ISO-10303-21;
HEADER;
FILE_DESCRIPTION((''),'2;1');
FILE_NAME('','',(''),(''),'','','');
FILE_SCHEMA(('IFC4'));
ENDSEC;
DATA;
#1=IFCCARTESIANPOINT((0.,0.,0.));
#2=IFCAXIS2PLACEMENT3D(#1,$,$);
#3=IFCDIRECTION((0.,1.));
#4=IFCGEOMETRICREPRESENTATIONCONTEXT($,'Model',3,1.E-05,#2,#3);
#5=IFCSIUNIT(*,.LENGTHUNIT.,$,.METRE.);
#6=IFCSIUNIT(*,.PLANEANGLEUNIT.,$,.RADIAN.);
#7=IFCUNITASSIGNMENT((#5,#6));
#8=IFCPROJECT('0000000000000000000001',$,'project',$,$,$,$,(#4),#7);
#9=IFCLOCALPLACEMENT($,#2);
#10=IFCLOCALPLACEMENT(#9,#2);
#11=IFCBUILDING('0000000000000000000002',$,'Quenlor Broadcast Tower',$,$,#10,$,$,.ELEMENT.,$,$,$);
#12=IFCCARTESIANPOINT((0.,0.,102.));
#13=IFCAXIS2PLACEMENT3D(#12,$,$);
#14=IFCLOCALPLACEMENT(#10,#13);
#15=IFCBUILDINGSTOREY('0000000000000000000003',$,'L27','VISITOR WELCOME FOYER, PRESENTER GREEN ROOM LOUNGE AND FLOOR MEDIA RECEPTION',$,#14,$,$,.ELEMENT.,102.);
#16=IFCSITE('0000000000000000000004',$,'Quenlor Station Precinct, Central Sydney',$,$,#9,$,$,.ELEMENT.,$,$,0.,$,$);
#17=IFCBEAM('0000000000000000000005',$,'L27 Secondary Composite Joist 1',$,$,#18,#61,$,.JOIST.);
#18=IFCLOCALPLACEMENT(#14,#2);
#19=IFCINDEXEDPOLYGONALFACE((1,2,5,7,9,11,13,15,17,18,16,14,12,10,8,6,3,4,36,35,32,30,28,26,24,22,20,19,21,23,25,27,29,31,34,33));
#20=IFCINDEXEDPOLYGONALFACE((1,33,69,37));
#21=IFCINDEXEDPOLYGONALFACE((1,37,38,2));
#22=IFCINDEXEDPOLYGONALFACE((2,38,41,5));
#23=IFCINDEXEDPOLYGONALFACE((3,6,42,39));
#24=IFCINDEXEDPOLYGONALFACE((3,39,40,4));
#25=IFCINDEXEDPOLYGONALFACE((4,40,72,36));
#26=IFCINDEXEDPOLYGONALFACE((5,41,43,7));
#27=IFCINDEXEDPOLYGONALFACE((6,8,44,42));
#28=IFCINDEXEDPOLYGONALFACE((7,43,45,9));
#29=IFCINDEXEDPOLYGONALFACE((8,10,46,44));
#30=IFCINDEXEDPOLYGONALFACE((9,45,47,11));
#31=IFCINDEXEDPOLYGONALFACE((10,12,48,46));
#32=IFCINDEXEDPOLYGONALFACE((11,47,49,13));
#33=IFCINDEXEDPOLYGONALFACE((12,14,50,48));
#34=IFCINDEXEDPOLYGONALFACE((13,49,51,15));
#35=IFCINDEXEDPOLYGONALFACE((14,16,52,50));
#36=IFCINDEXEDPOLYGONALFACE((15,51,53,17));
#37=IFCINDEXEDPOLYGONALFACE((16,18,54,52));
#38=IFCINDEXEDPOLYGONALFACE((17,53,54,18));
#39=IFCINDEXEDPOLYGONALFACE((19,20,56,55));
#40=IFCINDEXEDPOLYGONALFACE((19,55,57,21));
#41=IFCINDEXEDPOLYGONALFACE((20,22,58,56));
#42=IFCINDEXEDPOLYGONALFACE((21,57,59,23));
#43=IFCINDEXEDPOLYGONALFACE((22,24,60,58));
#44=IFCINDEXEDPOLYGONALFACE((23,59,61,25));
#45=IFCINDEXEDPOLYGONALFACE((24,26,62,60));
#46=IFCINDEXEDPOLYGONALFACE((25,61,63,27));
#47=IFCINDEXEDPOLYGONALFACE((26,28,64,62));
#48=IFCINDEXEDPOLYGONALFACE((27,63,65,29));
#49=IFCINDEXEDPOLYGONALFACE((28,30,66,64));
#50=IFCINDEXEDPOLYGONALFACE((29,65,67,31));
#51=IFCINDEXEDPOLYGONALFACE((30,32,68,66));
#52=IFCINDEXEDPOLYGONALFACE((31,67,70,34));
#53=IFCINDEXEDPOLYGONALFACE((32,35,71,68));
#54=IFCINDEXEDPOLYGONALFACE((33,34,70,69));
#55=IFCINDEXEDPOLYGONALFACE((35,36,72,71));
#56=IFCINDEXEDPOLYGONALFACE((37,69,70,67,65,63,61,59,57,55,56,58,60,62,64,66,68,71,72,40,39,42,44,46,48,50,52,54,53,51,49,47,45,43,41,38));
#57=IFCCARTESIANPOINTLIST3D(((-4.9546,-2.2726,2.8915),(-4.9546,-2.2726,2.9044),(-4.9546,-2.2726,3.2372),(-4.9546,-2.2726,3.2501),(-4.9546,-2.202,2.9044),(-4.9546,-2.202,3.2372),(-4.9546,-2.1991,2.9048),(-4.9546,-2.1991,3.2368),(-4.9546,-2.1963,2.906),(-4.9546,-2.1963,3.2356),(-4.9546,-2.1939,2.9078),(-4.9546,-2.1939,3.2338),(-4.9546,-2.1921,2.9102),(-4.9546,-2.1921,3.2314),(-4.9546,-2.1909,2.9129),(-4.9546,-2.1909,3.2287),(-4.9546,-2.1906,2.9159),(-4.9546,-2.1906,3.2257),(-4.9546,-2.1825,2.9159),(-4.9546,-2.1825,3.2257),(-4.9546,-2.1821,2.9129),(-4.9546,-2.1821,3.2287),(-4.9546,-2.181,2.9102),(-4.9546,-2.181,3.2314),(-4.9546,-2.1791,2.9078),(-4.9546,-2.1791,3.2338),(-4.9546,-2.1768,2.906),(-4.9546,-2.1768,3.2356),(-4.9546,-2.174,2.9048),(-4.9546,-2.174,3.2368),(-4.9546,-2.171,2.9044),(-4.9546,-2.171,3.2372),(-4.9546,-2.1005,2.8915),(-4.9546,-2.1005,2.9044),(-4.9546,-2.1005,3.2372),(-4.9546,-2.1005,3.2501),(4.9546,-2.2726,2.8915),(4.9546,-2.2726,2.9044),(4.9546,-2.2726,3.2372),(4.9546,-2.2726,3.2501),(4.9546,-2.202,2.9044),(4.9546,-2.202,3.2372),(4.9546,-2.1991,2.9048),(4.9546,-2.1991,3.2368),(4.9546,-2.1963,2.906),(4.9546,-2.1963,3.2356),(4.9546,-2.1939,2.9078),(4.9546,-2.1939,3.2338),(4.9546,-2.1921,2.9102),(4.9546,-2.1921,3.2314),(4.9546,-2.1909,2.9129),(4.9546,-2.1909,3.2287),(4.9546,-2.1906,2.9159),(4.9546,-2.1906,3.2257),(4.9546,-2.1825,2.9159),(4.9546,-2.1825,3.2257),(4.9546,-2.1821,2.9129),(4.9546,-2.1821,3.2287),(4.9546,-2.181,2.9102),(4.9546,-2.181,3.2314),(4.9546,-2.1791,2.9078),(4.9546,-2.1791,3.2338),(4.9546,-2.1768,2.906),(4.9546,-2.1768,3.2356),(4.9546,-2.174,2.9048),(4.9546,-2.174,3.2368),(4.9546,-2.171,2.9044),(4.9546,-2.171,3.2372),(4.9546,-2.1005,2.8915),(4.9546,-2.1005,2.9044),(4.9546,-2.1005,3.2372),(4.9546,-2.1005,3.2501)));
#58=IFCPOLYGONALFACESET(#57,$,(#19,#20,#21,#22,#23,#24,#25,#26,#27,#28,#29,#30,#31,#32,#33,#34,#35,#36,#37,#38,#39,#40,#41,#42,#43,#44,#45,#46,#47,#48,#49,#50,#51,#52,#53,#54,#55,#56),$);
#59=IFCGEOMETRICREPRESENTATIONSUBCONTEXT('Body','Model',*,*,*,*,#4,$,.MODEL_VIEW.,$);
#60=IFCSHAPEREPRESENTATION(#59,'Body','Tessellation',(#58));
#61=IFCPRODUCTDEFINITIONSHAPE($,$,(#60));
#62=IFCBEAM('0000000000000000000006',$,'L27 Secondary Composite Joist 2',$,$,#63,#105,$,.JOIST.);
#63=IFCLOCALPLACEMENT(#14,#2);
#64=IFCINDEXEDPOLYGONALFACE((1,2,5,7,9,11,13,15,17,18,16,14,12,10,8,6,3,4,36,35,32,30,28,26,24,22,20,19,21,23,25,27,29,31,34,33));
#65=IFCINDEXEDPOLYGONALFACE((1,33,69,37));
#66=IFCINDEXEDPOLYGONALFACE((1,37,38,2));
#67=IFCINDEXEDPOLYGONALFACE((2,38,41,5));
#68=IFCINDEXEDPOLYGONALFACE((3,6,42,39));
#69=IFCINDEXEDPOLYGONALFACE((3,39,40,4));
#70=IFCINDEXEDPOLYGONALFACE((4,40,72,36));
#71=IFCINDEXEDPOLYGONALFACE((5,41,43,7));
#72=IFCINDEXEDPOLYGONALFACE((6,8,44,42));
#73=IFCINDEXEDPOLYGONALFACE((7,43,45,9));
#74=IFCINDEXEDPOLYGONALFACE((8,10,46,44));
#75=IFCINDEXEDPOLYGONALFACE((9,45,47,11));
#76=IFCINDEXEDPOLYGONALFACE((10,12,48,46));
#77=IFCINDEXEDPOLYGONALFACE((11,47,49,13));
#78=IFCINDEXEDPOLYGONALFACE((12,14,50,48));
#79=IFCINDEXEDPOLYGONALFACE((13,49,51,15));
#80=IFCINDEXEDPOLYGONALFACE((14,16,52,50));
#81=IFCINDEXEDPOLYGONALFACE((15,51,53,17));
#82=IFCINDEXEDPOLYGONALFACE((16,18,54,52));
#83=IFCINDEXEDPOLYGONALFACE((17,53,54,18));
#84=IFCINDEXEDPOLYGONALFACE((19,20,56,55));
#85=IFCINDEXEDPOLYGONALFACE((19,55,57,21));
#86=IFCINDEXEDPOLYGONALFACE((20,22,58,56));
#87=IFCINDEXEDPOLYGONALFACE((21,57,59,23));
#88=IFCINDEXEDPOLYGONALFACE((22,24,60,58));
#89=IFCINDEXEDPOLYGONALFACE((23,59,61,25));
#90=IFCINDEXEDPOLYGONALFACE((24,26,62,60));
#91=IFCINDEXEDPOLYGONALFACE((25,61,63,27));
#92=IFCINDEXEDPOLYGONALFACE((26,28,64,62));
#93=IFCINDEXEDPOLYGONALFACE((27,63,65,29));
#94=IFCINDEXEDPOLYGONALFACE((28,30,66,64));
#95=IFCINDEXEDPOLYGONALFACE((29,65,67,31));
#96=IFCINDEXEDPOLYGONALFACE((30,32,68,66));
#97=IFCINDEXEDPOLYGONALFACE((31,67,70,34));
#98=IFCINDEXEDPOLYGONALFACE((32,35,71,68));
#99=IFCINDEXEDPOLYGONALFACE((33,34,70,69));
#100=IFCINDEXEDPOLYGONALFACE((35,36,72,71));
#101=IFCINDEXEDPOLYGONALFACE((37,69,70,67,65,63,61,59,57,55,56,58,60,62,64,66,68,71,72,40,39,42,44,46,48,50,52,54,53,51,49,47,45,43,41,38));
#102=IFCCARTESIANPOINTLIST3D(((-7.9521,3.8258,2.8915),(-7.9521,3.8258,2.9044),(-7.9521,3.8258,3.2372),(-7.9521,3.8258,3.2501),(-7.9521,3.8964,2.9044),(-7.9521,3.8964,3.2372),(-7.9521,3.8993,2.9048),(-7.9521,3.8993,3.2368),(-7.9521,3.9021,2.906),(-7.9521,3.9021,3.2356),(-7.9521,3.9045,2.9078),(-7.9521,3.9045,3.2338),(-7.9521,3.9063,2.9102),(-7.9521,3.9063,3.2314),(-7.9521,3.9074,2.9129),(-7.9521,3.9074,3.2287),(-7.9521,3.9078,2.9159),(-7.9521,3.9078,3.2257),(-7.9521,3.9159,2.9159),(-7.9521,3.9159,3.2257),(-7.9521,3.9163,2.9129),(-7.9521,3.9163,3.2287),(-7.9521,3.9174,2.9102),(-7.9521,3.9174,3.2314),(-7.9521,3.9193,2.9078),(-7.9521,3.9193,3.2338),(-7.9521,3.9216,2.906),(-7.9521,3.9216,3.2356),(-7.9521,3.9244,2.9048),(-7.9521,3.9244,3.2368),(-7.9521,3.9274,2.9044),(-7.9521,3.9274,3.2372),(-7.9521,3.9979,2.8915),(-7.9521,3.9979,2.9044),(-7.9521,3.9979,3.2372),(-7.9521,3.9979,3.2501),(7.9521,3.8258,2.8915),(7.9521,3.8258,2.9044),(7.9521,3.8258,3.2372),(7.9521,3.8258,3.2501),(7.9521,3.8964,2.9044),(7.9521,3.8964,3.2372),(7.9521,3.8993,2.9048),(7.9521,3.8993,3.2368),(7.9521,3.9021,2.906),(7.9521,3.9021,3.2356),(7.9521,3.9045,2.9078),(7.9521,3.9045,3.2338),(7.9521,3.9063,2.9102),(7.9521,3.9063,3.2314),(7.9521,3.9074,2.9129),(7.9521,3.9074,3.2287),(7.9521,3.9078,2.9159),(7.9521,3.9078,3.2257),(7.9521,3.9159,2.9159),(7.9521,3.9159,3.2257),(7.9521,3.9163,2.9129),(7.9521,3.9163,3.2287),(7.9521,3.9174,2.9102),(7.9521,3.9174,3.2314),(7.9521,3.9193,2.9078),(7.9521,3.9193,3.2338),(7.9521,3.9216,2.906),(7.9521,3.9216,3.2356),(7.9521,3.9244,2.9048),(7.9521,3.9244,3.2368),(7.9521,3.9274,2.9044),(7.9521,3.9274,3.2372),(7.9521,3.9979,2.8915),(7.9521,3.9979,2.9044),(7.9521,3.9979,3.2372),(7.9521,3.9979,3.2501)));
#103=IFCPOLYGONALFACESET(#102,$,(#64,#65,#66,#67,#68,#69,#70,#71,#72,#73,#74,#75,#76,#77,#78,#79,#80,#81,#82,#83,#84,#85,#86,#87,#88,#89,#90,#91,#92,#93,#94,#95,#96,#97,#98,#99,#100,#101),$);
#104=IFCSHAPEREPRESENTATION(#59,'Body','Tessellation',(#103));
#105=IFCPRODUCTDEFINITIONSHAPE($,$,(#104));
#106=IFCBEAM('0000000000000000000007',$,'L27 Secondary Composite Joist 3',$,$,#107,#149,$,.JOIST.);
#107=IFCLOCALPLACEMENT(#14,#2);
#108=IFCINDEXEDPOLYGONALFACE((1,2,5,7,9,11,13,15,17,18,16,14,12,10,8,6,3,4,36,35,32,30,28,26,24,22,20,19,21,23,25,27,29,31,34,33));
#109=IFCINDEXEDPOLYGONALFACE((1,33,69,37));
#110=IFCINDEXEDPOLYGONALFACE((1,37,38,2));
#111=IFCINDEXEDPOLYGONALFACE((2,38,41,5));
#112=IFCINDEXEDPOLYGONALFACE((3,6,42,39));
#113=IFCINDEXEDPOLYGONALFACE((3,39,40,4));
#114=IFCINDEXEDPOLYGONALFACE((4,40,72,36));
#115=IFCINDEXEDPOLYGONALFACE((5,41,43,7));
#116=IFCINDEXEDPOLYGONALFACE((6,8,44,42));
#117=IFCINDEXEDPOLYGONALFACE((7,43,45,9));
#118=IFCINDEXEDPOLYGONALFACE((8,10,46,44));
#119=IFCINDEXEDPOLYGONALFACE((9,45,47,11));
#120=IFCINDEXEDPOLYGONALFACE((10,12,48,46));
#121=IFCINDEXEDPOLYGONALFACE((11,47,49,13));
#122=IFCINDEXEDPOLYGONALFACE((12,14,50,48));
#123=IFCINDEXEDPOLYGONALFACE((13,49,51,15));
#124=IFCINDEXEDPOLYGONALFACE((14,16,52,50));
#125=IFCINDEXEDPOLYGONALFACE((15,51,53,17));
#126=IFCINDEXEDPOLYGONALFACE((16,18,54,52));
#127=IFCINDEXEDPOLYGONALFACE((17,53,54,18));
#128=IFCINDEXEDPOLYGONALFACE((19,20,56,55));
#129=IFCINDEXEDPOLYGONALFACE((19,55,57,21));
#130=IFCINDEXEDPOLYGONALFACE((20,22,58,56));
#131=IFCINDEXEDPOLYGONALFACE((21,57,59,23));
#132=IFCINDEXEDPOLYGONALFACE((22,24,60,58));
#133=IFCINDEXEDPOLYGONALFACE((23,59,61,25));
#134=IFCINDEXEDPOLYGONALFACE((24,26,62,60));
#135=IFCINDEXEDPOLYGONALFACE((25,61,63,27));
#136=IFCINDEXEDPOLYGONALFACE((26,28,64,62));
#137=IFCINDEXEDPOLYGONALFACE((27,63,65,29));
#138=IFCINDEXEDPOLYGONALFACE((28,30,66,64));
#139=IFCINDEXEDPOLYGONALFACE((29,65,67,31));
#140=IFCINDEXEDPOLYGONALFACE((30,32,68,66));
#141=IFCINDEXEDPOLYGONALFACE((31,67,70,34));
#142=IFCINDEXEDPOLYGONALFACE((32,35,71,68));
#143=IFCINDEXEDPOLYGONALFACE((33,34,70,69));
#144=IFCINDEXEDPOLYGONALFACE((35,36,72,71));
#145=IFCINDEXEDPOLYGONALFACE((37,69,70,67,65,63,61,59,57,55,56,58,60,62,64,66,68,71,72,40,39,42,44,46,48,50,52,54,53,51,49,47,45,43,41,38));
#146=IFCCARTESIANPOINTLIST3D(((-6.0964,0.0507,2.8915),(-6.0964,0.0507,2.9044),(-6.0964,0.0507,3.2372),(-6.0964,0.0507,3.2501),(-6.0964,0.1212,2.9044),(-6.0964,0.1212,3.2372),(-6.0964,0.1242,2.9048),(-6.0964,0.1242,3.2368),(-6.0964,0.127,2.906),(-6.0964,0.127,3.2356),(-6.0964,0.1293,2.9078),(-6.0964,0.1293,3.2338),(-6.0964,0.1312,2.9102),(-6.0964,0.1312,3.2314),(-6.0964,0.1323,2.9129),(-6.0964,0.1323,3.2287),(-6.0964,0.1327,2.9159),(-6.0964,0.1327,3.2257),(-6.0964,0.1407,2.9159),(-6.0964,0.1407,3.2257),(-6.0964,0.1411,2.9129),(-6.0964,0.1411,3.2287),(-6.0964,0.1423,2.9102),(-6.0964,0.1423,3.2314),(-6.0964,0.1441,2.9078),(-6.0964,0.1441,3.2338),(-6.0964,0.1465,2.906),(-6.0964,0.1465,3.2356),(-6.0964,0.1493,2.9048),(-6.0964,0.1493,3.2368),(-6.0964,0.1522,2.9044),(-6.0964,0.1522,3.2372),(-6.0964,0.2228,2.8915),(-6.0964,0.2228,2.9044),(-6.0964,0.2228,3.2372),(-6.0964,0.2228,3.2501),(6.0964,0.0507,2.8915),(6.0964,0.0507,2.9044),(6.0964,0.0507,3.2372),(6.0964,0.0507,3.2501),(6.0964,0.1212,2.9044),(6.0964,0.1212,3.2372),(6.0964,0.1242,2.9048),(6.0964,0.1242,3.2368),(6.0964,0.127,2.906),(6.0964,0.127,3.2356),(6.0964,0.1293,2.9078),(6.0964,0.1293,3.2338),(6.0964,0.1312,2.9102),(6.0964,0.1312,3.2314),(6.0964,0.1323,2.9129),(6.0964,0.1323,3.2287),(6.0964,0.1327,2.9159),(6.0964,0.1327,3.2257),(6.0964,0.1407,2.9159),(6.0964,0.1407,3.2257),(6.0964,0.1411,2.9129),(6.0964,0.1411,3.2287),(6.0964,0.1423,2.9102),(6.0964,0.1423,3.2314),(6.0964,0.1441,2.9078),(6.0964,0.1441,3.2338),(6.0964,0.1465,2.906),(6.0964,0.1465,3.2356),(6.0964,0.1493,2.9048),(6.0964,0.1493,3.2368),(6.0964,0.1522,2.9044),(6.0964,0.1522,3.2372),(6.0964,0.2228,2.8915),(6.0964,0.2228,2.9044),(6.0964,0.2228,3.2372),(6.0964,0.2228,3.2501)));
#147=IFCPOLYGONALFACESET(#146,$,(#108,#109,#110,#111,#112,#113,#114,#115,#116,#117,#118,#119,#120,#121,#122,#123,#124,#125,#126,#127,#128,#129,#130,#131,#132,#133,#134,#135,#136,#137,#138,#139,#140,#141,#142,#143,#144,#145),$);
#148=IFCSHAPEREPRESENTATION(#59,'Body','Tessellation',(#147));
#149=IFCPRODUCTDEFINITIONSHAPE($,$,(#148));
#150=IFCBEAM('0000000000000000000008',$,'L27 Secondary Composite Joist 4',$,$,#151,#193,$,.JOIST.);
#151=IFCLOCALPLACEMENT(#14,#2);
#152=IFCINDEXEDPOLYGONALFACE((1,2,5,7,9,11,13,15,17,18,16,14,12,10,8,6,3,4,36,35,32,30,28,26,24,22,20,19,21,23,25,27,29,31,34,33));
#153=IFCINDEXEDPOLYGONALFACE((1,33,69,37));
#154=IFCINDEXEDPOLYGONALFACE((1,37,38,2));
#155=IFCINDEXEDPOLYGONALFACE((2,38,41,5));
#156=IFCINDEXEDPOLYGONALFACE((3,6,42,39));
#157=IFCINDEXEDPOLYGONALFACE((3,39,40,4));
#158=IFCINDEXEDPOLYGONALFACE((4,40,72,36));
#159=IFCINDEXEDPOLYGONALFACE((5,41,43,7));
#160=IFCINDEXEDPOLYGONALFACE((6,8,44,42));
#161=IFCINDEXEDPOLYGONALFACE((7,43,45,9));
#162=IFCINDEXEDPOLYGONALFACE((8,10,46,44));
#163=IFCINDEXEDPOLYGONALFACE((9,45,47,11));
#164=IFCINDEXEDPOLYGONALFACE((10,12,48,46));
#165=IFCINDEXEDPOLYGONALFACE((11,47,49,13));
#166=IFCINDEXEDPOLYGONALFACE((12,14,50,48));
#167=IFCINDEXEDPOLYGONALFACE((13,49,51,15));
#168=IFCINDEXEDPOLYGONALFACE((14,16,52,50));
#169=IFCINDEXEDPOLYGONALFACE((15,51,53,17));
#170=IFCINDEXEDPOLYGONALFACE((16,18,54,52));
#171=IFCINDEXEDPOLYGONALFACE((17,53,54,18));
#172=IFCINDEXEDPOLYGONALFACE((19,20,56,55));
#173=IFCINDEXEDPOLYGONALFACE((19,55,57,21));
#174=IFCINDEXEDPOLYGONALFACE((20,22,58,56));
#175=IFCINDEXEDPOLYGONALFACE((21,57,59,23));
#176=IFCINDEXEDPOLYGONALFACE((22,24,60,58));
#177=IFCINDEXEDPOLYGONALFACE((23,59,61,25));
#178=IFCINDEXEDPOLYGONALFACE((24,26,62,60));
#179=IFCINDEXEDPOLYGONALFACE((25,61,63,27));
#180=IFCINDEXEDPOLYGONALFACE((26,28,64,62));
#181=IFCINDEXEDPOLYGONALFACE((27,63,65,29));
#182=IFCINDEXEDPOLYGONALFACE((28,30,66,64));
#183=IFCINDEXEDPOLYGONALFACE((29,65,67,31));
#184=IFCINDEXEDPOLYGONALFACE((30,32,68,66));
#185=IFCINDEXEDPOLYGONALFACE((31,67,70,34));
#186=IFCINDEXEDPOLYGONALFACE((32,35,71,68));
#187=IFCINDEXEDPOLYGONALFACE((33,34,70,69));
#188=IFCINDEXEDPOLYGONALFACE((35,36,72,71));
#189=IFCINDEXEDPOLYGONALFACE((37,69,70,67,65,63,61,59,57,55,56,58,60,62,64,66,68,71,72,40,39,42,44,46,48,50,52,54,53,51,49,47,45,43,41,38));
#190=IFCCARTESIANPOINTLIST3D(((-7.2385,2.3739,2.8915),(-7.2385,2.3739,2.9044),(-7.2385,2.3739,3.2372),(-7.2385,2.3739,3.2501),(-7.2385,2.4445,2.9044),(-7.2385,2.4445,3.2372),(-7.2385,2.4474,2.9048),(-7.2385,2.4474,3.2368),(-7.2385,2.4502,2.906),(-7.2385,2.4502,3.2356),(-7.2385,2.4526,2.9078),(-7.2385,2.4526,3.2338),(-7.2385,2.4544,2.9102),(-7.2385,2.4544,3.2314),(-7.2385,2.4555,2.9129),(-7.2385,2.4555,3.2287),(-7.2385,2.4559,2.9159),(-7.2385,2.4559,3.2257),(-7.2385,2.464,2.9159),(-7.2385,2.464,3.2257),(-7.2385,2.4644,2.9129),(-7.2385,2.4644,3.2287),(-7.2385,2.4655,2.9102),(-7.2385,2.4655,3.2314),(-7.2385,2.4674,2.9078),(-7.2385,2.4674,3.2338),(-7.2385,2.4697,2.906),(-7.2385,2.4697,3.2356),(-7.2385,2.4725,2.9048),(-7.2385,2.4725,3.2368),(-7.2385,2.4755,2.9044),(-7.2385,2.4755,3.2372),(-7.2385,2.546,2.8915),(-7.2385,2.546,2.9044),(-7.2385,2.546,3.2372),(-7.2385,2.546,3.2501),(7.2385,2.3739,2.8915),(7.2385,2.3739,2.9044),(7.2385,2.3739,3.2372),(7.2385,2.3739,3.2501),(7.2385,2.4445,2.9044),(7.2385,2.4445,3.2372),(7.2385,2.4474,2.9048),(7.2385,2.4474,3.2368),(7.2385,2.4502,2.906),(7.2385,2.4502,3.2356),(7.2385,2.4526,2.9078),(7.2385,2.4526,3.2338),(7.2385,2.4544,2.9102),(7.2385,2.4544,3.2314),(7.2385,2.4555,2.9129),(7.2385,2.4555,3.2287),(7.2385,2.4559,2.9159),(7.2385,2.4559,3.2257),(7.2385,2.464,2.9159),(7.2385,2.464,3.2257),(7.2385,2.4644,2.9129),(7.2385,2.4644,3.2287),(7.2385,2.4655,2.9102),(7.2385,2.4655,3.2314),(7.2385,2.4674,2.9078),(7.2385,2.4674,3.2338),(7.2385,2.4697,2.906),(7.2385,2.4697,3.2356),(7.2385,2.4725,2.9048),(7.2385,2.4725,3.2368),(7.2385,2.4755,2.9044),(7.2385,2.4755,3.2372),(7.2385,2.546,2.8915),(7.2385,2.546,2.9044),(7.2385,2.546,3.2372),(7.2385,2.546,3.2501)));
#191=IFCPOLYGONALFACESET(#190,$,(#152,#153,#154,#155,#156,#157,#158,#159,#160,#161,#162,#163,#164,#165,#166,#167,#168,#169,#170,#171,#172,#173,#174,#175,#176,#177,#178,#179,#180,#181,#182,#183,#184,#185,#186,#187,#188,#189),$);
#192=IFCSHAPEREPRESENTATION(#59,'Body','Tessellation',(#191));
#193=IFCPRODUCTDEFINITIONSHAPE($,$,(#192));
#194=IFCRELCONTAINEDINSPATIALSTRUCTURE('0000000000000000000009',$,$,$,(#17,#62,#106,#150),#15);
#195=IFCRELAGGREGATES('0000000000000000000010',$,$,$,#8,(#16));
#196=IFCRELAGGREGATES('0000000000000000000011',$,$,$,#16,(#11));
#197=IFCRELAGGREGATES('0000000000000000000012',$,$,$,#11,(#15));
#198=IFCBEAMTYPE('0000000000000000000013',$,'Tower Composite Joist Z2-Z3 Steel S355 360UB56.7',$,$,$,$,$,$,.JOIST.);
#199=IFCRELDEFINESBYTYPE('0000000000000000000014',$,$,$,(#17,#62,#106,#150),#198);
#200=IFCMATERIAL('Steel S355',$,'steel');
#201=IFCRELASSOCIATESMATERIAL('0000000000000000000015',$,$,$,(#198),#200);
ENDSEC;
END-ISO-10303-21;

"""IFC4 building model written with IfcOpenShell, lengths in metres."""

from ifc_helpers import new_model, si_unit, direction, frame, origin, origin_2d, place, context, subcontext, project, spatial, i_section, extrude, material, material_profile, profile_set, type_object, element, save


model = new_model("IFC4")

# Units and contexts
model_context = context("Model", 3, precision=1e-05, world=origin(), true_north=direction((0.0, 1.0)))
body_context = subcontext(model_context, "Body", "Model", "MODEL_VIEW")
ifc_project = project(units=[si_unit("LENGTHUNIT", "METRE"), si_unit("PLANEANGLEUNIT", "RADIAN")], contexts=[model_context])

# Site, building, storey
site_placement = place(None, origin())
site = spatial("IfcSite", under=ifc_project, at=site_placement, Name="Quenlor Station Precinct, Central Sydney", CompositionType="ELEMENT", RefElevation=0.0)
building_placement = place(site_placement, origin())
building = spatial("IfcBuilding", under=site, at=building_placement, Name="Quenlor Broadcast Tower", CompositionType="ELEMENT")
storey_placement = place(building_placement, frame((0.0, 0.0, 102.0)))
storey = spatial("IfcBuildingStorey", under=building, at=storey_placement, Name="L27", Description="VISITOR WELCOME FOYER, PRESENTER GREEN ROOM LOUNGE AND FLOOR MEDIA RECEPTION", CompositionType="ELEMENT", Elevation=102.0)

# Beams
ifc_material_1 = material(Name="Steel S355", Category="steel")
ifc_material_profile = material_profile(ifc_material_1, i_section(OverallWidth=0.1721, OverallDepth=0.3586, WebThickness=0.0081, FlangeThickness=0.0129, FilletRadius=0.0115, at=origin_2d()))
ifc_profile_set = profile_set([ifc_material_profile], Name="Steel S355 360UB56.7")
beam_type = type_object("IfcBeamType", Name="Tower Composite Joist Z2-Z3 Steel S355 360UB56.7", PredefinedType="JOIST", material=ifc_profile_set)
beam_1_placement = place(storey_placement, frame((-4.9546, -2.1865, 3.0708), z_axis=(1.0, 0.0, 0.0), x_axis=(0.0, 1.0, 0.0)))
element("IfcBeam", 1, at=beam_1_placement, inside=storey, type_object=beam_type, Name="L27 Secondary Composite Joist 1", PredefinedType="JOIST", context=body_context, shape_type="SweptSolid", body=[
    extrude(i_section(OverallWidth=0.1721, OverallDepth=0.3586, WebThickness=0.0081, FlangeThickness=0.0129, FilletRadius=0.0115, at=origin_2d()), origin(), (0.0, 0.0, 1.0), 9.9092),
])
beam_2_placement = place(storey_placement, frame((-7.9521, 3.9119, 3.0708), z_axis=(1.0, 0.0, 0.0), x_axis=(0.0, 1.0, 0.0)))
element("IfcBeam", 2, at=beam_2_placement, inside=storey, type_object=beam_type, Name="L27 Secondary Composite Joist 2", PredefinedType="JOIST", context=body_context, shape_type="SweptSolid", body=[
    extrude(i_section(OverallWidth=0.1721, OverallDepth=0.3586, WebThickness=0.0081, FlangeThickness=0.0129, FilletRadius=0.0115, at=origin_2d()), origin(), (0.0, 0.0, 1.0), 15.9043),
])
beam_3_placement = place(storey_placement, frame((-6.0964, 0.1367, 3.0708), z_axis=(1.0, 0.0, 0.0), x_axis=(0.0, 1.0, 0.0)))
element("IfcBeam", 3, at=beam_3_placement, inside=storey, type_object=beam_type, Name="L27 Secondary Composite Joist 3", PredefinedType="JOIST", context=body_context, shape_type="SweptSolid", body=[
    extrude(i_section(OverallWidth=0.1721, OverallDepth=0.3586, WebThickness=0.0081, FlangeThickness=0.0129, FilletRadius=0.0115, at=origin_2d()), origin(), (0.0, 0.0, 1.0), 12.1929),
])
beam_4_placement = place(storey_placement, frame((-7.2385, 2.46, 3.0708), z_axis=(1.0, 0.0, 0.0), x_axis=(0.0, 1.0, 0.0)))
element("IfcBeam", 4, at=beam_4_placement, inside=storey, type_object=beam_type, Name="L27 Secondary Composite Joist 4", PredefinedType="JOIST", context=body_context, shape_type="SweptSolid", body=[
    extrude(i_section(OverallWidth=0.1721, OverallDepth=0.3586, WebThickness=0.0081, FlangeThickness=0.0129, FilletRadius=0.0115, at=origin_2d()), origin(), (0.0, 0.0, 1.0), 14.4771),
])

save(model, "model.ifc")
